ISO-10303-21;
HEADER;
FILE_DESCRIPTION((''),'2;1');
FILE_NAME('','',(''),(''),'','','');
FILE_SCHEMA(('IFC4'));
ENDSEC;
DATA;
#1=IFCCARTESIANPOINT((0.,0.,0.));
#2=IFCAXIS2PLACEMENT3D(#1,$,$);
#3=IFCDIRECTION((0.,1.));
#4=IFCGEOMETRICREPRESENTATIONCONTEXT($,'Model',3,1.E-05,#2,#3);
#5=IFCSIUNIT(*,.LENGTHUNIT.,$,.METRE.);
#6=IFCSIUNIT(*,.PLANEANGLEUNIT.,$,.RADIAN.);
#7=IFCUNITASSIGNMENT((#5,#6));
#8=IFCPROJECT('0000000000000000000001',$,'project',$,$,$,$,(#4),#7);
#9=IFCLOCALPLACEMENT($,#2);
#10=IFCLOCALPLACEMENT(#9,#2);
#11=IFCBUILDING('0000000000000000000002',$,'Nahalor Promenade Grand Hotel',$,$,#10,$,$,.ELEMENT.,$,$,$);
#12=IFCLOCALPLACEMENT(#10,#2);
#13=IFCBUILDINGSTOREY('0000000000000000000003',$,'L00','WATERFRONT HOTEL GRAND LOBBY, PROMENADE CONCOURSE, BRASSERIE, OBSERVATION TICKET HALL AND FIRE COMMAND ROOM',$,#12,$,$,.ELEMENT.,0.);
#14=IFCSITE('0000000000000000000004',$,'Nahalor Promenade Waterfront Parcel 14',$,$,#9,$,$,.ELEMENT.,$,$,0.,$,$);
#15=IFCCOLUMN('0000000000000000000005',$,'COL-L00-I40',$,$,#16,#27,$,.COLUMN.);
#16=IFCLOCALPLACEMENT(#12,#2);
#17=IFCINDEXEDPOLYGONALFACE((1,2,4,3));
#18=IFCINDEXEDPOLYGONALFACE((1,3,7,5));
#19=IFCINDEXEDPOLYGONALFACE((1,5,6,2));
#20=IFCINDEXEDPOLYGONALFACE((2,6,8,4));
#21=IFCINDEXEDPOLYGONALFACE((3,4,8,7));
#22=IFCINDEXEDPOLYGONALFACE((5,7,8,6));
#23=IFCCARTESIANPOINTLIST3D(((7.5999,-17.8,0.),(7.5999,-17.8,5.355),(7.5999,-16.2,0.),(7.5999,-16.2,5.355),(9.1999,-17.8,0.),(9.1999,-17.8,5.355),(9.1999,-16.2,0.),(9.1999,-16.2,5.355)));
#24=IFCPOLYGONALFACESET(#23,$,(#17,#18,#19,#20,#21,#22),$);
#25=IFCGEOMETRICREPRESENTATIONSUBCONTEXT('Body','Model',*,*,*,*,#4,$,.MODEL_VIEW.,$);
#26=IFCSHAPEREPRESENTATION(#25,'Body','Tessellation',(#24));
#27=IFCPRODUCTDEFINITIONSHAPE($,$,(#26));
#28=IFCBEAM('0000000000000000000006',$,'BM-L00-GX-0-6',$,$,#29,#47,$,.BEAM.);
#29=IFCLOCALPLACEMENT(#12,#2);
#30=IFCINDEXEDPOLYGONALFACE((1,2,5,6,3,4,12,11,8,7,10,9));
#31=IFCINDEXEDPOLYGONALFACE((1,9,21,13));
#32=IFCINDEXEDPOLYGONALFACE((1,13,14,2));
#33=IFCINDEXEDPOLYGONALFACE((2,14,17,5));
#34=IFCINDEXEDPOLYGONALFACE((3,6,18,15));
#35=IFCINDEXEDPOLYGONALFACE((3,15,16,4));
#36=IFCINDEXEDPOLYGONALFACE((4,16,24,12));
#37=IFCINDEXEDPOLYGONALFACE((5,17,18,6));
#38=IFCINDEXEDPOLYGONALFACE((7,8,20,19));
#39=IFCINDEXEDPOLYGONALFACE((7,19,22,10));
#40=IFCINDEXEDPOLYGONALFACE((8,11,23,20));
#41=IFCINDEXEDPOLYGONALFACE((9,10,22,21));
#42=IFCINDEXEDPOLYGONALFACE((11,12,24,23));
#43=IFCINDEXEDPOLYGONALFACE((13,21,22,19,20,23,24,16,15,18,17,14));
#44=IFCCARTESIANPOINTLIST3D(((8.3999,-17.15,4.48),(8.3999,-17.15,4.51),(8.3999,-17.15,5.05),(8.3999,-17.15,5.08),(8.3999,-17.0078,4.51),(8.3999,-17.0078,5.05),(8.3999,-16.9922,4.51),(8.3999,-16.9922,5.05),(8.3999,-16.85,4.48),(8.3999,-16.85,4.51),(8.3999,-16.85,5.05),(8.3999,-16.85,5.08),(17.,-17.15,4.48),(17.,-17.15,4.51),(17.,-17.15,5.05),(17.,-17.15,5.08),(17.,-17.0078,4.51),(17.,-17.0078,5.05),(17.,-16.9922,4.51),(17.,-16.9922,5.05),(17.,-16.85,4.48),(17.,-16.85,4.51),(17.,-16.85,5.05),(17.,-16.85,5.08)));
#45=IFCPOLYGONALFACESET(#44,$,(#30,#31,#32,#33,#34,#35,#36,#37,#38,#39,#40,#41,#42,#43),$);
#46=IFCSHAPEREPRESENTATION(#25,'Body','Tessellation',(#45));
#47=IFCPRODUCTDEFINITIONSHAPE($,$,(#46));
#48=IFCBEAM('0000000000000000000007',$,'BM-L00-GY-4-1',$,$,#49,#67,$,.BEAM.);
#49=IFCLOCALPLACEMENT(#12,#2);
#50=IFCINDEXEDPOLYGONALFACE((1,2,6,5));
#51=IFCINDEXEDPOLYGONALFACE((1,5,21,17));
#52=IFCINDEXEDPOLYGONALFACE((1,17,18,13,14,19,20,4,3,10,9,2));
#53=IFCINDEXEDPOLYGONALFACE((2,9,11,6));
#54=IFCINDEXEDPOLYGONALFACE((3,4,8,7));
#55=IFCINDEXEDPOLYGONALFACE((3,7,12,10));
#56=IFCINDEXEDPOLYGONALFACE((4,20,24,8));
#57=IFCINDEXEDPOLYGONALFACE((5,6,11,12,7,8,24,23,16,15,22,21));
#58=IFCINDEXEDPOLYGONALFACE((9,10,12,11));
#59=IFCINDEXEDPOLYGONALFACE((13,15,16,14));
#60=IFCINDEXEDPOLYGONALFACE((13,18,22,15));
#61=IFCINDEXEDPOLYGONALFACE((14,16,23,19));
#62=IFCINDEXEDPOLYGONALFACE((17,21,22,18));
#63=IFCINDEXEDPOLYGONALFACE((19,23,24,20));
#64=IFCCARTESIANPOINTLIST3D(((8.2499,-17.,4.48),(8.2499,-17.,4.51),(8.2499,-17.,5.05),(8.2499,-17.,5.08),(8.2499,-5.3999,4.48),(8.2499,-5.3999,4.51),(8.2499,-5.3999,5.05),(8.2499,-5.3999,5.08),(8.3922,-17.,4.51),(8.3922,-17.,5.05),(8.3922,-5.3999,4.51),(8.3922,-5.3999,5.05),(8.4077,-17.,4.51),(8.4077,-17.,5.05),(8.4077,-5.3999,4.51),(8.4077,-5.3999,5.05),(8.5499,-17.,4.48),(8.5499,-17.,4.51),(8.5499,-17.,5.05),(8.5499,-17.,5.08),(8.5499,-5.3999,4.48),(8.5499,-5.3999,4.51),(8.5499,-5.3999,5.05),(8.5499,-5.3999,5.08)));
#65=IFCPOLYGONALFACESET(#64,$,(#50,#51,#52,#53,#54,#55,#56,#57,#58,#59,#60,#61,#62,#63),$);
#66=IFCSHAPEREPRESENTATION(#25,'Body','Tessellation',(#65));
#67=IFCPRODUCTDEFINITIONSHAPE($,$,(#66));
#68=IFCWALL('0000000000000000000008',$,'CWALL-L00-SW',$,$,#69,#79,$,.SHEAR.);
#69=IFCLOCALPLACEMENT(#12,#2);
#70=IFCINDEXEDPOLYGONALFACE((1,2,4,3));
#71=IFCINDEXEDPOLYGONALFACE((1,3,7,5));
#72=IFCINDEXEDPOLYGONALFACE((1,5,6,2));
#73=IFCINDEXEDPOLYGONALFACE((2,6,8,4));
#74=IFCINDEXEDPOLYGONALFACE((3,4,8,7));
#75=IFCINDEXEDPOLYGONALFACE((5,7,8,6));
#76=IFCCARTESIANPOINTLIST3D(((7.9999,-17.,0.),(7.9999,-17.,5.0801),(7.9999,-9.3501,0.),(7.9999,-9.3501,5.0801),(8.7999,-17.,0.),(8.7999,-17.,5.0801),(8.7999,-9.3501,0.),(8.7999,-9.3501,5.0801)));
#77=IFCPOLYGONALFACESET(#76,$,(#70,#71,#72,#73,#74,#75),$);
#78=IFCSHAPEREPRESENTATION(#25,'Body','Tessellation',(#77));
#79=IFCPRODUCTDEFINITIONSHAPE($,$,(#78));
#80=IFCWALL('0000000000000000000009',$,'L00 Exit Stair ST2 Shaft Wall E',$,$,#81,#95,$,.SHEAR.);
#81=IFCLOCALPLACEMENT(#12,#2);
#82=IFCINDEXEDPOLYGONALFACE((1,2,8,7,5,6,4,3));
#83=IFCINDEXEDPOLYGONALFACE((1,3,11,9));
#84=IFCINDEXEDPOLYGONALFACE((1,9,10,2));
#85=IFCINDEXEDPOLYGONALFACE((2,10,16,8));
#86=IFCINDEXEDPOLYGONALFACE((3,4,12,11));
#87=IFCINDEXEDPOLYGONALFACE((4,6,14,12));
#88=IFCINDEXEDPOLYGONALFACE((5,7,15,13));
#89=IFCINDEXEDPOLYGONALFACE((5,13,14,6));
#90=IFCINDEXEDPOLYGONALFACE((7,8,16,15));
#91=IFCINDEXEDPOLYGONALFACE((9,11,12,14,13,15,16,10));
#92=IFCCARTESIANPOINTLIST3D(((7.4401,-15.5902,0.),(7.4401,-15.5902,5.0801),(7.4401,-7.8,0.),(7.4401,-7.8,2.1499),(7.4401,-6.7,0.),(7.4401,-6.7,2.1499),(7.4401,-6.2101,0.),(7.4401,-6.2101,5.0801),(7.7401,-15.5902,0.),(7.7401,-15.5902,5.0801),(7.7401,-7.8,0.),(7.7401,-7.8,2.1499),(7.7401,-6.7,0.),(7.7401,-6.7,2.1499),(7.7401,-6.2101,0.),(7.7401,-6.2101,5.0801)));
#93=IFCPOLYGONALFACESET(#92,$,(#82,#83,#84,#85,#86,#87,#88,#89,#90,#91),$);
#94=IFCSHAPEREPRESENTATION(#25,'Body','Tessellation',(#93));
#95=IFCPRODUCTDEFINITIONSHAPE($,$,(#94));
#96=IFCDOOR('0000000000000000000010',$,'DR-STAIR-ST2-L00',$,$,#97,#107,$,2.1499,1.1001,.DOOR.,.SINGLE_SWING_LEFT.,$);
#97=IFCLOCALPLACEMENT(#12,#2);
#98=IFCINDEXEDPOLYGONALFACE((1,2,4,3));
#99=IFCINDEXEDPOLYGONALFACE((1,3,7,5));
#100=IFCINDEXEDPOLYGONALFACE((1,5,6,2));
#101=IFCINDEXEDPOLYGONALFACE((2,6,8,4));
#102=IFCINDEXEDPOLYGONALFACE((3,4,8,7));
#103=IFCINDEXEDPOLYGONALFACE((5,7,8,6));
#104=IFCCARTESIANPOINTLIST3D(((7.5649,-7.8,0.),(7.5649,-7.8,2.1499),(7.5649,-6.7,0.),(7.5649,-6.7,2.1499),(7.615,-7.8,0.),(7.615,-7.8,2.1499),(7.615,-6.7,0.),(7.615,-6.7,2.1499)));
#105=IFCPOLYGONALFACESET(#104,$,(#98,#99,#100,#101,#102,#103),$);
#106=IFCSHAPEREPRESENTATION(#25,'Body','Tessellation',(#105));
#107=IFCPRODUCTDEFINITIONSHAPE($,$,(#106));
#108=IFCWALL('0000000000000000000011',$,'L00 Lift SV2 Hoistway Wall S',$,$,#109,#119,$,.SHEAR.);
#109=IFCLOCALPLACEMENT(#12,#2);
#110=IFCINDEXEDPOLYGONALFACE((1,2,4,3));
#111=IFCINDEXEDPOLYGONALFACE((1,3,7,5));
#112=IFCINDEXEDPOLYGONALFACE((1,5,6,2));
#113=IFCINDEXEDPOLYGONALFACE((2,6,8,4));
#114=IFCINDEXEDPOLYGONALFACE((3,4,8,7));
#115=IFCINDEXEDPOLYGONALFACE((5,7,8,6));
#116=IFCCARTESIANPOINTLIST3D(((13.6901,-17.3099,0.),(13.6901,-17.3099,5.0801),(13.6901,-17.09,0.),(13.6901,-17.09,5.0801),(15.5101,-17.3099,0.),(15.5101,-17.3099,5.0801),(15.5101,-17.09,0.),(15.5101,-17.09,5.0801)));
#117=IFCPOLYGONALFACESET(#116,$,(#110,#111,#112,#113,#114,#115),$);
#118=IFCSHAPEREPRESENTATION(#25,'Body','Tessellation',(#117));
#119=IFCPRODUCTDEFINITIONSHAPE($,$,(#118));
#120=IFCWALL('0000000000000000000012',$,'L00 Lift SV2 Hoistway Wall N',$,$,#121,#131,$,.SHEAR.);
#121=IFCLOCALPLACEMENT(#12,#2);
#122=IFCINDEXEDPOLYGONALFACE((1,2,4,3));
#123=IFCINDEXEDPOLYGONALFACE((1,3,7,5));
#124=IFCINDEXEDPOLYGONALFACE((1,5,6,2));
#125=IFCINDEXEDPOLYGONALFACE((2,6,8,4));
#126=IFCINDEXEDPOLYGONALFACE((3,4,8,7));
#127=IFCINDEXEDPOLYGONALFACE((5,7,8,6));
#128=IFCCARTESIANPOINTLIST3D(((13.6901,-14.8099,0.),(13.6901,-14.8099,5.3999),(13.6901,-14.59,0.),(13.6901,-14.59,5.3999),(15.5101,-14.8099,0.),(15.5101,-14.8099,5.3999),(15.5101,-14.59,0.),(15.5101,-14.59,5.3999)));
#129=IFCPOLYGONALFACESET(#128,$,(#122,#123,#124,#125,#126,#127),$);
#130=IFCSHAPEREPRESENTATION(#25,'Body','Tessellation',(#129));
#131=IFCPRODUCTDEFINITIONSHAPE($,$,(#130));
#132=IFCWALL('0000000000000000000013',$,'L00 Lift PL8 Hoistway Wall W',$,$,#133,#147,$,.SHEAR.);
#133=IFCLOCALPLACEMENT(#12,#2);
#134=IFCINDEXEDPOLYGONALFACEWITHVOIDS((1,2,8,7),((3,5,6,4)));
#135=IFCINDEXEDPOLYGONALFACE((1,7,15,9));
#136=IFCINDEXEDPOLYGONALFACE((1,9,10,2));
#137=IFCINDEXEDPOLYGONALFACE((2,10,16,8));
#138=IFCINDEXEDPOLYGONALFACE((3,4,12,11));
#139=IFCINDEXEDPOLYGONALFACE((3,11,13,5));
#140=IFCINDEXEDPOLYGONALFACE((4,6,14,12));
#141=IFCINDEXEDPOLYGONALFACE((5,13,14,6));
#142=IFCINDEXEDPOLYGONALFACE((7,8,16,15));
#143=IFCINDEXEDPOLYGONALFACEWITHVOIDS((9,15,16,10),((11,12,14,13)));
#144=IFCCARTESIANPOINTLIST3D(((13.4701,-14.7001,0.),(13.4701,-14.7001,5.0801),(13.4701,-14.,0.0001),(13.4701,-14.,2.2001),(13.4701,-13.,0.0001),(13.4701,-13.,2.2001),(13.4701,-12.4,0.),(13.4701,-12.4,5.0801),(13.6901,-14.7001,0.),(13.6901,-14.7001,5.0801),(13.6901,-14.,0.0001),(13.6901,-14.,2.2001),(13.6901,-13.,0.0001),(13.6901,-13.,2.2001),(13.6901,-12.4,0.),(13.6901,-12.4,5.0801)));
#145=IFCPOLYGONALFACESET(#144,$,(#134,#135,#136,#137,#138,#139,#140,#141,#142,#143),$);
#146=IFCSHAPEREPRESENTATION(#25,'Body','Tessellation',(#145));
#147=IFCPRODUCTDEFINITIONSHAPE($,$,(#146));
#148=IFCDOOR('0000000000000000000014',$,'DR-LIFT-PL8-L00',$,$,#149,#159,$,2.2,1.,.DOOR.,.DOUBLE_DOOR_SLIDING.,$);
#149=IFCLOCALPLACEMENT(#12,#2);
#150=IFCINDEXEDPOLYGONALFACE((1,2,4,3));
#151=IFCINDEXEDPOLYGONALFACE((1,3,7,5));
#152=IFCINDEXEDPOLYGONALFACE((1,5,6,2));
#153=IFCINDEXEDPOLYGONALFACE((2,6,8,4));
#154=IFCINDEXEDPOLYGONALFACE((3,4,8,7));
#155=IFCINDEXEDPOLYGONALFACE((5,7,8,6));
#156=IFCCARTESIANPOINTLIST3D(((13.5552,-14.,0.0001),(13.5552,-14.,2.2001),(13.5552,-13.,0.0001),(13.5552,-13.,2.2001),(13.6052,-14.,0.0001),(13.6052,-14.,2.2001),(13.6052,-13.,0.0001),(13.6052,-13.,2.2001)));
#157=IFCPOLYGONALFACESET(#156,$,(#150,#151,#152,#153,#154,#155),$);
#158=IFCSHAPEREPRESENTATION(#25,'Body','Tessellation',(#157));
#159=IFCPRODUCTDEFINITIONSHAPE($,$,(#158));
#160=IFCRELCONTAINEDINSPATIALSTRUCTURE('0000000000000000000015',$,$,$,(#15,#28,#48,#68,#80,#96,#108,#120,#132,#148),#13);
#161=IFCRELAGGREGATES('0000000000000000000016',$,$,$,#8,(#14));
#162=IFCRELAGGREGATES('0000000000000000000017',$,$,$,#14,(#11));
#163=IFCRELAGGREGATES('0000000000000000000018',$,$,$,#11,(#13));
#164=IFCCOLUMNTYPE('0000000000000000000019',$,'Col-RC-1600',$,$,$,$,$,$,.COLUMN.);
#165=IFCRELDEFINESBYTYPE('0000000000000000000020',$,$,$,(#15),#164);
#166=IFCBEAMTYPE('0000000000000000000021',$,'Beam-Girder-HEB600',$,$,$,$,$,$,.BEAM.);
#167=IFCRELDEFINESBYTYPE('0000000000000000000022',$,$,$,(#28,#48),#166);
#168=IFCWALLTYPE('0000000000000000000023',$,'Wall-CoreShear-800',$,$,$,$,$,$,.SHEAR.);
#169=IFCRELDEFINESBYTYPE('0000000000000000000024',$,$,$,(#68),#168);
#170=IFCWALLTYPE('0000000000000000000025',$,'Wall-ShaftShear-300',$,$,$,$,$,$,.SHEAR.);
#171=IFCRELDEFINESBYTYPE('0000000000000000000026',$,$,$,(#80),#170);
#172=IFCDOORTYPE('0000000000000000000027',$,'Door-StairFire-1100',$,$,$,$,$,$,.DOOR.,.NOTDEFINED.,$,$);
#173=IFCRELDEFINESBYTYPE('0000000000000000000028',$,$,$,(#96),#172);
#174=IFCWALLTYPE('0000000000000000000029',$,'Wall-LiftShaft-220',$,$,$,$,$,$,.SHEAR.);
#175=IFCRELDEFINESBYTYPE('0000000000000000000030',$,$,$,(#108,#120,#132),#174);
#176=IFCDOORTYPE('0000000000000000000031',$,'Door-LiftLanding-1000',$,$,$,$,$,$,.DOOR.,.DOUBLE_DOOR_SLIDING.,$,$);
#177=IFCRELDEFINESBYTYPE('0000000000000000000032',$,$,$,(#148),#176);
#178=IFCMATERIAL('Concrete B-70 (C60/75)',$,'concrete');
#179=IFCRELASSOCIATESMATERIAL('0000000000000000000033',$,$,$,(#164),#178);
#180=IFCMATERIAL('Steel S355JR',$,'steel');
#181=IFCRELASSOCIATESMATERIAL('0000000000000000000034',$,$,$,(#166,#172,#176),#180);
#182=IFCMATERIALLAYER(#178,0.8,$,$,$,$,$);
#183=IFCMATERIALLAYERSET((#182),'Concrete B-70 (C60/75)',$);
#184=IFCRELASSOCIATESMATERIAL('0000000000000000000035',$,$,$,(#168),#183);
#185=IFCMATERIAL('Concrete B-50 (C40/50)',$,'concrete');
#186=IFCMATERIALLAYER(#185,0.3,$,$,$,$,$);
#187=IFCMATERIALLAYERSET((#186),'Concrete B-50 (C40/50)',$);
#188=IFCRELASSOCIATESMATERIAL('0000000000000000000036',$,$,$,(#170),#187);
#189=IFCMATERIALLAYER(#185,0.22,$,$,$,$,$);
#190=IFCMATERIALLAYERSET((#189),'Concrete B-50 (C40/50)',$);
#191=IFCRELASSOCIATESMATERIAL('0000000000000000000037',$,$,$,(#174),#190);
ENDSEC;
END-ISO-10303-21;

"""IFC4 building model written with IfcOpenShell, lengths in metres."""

from ifc_helpers import new_model, si_unit, direction, frame, frame_2d, origin, origin_2d, place, context, subcontext, project, spatial, rectangle, i_section, extrude, source, transform, mapped, material, layer, layer_set, material_profile, profile_set, type_object, element, fill, save


model = new_model("IFC4")

# Units and contexts
model_context = context("Model", 3, precision=1e-05, world=origin(), true_north=direction((0.0, 1.0)))
body_context = subcontext(model_context, "Body", "Model", "MODEL_VIEW")
ifc_project = project(units=[si_unit("LENGTHUNIT", "METRE"), si_unit("PLANEANGLEUNIT", "RADIAN")], contexts=[model_context])

# Site, building, storey
site_placement = place(None, origin())
site = spatial("IfcSite", under=ifc_project, at=site_placement, Name="Nahalor Promenade Waterfront Parcel 14", CompositionType="ELEMENT", RefElevation=0.0)
building_placement = place(site_placement, origin())
building = spatial("IfcBuilding", under=site, at=building_placement, Name="Nahalor Promenade Grand Hotel", CompositionType="ELEMENT")
storey_placement = place(building_placement, origin())
storey = spatial("IfcBuildingStorey", under=building, at=storey_placement, Name="L00", Description="WATERFRONT HOTEL GRAND LOBBY, PROMENADE CONCOURSE, BRASSERIE, OBSERVATION TICKET HALL AND FIRE COMMAND ROOM", CompositionType="ELEMENT", Elevation=0.0)

# Column
ifc_material_1 = material(Name="Concrete B-70 (C60/75)", Category="concrete")
ifc_material_profile_1 = material_profile(ifc_material_1, rectangle(XDim=1.6, YDim=1.6, at=origin_2d()), Name="RC 1600x1600")
ifc_profile_set_1 = profile_set([ifc_material_profile_1], Name="Concrete B-70 (C60/75)")
column_type = type_object("IfcColumnType", Name="Col-RC-1600", PredefinedType="COLUMN", material=ifc_profile_set_1)
shared_shape_1 = source(origin(), body_context, "Body", "SweptSolid", [
    extrude(rectangle(XDim=1.6, YDim=1.6, at=origin_2d()), origin(), (0.0, 0.0, 1.0), 5.355),
])
column_placement = place(storey_placement, frame((8.3999, -17.0, 0.0), z_axis=(0.0, 0.0, 1.0), x_axis=(1.0, 0.0, 0.0)))
element("IfcColumn", 1, at=column_placement, inside=storey, type_object=column_type, Name="COL-L00-I40", PredefinedType="COLUMN", context=body_context, shape_type="MappedRepresentation", body=[
    mapped(shared_shape_1, transform((0.0, 0.0, 0.0), scale=1.0)),
])

# Beams
ifc_material_2 = material(Name="Steel S355JR", Category="steel")
ifc_material_profile_2 = material_profile(ifc_material_2, i_section(OverallWidth=0.3, OverallDepth=0.6, WebThickness=0.0155, FlangeThickness=0.03, at=origin_2d()), Name="HEB 600")
ifc_profile_set_2 = profile_set([ifc_material_profile_2], Name="Steel S355JR")
beam_type = type_object("IfcBeamType", Name="Beam-Girder-HEB600", PredefinedType="BEAM", material=ifc_profile_set_2)
shared_shape_2 = source(origin(), body_context, "Body", "SweptSolid", [
    extrude(i_section(OverallWidth=0.3, OverallDepth=0.6, WebThickness=0.0155, FlangeThickness=0.03, at=origin_2d()), origin(), (0.0, 0.0, 1.0), 8.6001),
])
beam_1_placement = place(storey_placement, frame((8.3999, -17.0, 4.78), z_axis=(1.0, 0.0, 0.0), x_axis=(0.0, 1.0, 0.0)))
element("IfcBeam", 2, at=beam_1_placement, inside=storey, type_object=beam_type, Name="BM-L00-GX-0-6", PredefinedType="BEAM", context=body_context, shape_type="MappedRepresentation", body=[
    mapped(shared_shape_2, transform((0.0, 0.0, 0.0), scale=1.0)),
])
shared_shape_3 = source(origin(), body_context, "Body", "SweptSolid", [
    extrude(i_section(OverallWidth=0.3, OverallDepth=0.6, WebThickness=0.0155, FlangeThickness=0.03, at=origin_2d()), origin(), (0.0, 0.0, 1.0), 11.6001),
])
beam_2_placement = place(storey_placement, frame((8.3999, -17.0, 4.78), z_axis=(0.0, 1.0, 0.0), x_axis=(-1.0, 0.0, 0.0)))
element("IfcBeam", 3, at=beam_2_placement, inside=storey, type_object=beam_type, Name="BM-L00-GY-4-1", PredefinedType="BEAM", context=body_context, shape_type="MappedRepresentation", body=[
    mapped(shared_shape_3, transform((0.0, 0.0, 0.0), scale=1.0)),
])

# Wall
ifc_layer_1 = layer(ifc_material_1, 0.8)
ifc_layer_set_1 = layer_set([ifc_layer_1], Name="Concrete B-70 (C60/75)")
wall_type_1 = type_object("IfcWallType", Name="Wall-CoreShear-800", PredefinedType="SHEAR", material=ifc_layer_set_1)
shared_shape_4 = source(origin(), body_context, "Body", "SweptSolid", [
    extrude(rectangle(XDim=7.6499, YDim=0.8, at=frame_2d((3.825, 0.0))), origin(), (0.0, 0.0, 1.0), 5.0801),
])
wall_1_placement = place(storey_placement, frame((8.3999, -17.0, 0.0), z_axis=(0.0, 0.0, 1.0), x_axis=(0.0, 1.0, 0.0)))
element("IfcWall", 4, at=wall_1_placement, inside=storey, type_object=wall_type_1, Name="CWALL-L00-SW", PredefinedType="SHEAR", context=body_context, shape_type="MappedRepresentation", body=[
    mapped(shared_shape_4, transform((0.0, 0.0, 0.0), scale=1.0)),
])

# Wall, opening, door
ifc_material_3 = material(Name="Concrete B-50 (C40/50)", Category="concrete")
ifc_layer_2 = layer(ifc_material_3, 0.3)
ifc_layer_set_2 = layer_set([ifc_layer_2], Name="Concrete B-50 (C40/50)")
wall_type_2 = type_object("IfcWallType", Name="Wall-ShaftShear-300", PredefinedType="SHEAR", material=ifc_layer_set_2)
shared_shape_5 = source(origin(), body_context, "Body", "SweptSolid", [
    extrude(rectangle(XDim=9.3801, YDim=0.3, at=frame_2d((4.6899, 0.0))), origin(), (0.0, 0.0, 1.0), 5.0801),
])
wall_2_placement = place(storey_placement, frame((7.5901, -15.5901, 0.0), z_axis=(0.0, 0.0, 1.0), x_axis=(0.0, 1.0, 0.0)))
wall_2 = element("IfcWall", 5, at=wall_2_placement, inside=storey, type_object=wall_type_2, Name="L00 Exit Stair ST2 Shaft Wall E", PredefinedType="SHEAR", context=body_context, shape_type="MappedRepresentation", body=[
    mapped(shared_shape_5, transform((0.0, 0.0, 0.0), scale=1.0)),
])
opening_1_placement = place(wall_2_placement, frame((7.79, 0.0, 0.0)))
opening_1 = element("IfcOpeningElement", 6, at=opening_1_placement, cuts=wall_2, PredefinedType="OPENING", context=body_context, shape_type="SweptSolid", body=[
    extrude(rectangle(XDim=1.1001, YDim=2.1499, at=frame_2d((0.55, 1.075))), frame((0.0, 0.1599, 0.0), z_axis=(0.0, -1.0, 0.0), x_axis=(1.0, 0.0, 0.0)), (0.0, 0.0, 1.0), 0.3201),
])
door_type_1 = type_object("IfcDoorType", Name="Door-StairFire-1100", OperationType="NOTDEFINED", PredefinedType="DOOR", material=ifc_material_2)
shared_shape_6 = source(origin(), body_context, "Body", "SweptSolid", [
    extrude(rectangle(XDim=1.1001, YDim=2.1499, at=frame_2d((0.55, 1.075))), frame((0.0, 0.0249, 0.0), z_axis=(0.0, -1.0, 0.0), x_axis=(1.0, 0.0, 0.0)), (0.0, 0.0, 1.0), 0.05),
])
door_1_placement = place(opening_1_placement, frame((1.1001, 0.0, 0.0), z_axis=(0.0, 0.0, 1.0), x_axis=(-1.0, 0.0, 0.0)))
door_1 = element("IfcDoor", 7, at=door_1_placement, inside=storey, type_object=door_type_1, Name="DR-STAIR-ST2-L00", OperationType="SINGLE_SWING_LEFT", OverallHeight=2.1499, OverallWidth=1.1001, PredefinedType="DOOR", context=body_context, shape_type="MappedRepresentation", body=[
    mapped(shared_shape_6, transform((0.0, 0.0, 0.0), scale=1.0)),
])
fill(opening_1, door_1)

# Walls
ifc_layer_3 = layer(ifc_material_3, 0.22)
ifc_layer_set_3 = layer_set([ifc_layer_3], Name="Concrete B-50 (C40/50)")
wall_type_3 = type_object("IfcWallType", Name="Wall-LiftShaft-220", PredefinedType="SHEAR", material=ifc_layer_set_3)
shared_shape_7 = source(origin(), body_context, "Body", "SweptSolid", [
    extrude(rectangle(XDim=1.8201, YDim=0.22, at=frame_2d((0.9102, 0.0))), origin(), (0.0, 0.0, 1.0), 5.0801),
])
wall_3_placement = place(storey_placement, frame((13.6899, -17.2, 0.0), z_axis=(0.0, 0.0, 1.0), x_axis=(1.0, 0.0, 0.0)))
element("IfcWall", 8, at=wall_3_placement, inside=storey, type_object=wall_type_3, Name="L00 Lift SV2 Hoistway Wall S", PredefinedType="SHEAR", context=body_context, shape_type="MappedRepresentation", body=[
    mapped(shared_shape_7, transform((0.0, 0.0, 0.0), scale=1.0)),
])
shared_shape_8 = source(origin(), body_context, "Body", "SweptSolid", [
    extrude(rectangle(XDim=1.8201, YDim=0.22, at=frame_2d((0.9102, 0.0))), origin(), (0.0, 0.0, 1.0), 5.3999),
])
wall_4_placement = place(storey_placement, frame((13.6899, -14.7, 0.0), z_axis=(0.0, 0.0, 1.0), x_axis=(1.0, 0.0, 0.0)))
element("IfcWall", 9, at=wall_4_placement, inside=storey, type_object=wall_type_3, Name="L00 Lift SV2 Hoistway Wall N", PredefinedType="SHEAR", context=body_context, shape_type="MappedRepresentation", body=[
    mapped(shared_shape_8, transform((0.0, 0.0, 0.0), scale=1.0)),
])

# Wall, opening, door
shared_shape_9 = source(origin(), body_context, "Body", "SweptSolid", [
    extrude(rectangle(XDim=2.3, YDim=0.22, at=frame_2d((1.1499, 0.0))), origin(), (0.0, 0.0, 1.0), 5.0801),
])
wall_5_placement = place(storey_placement, frame((13.5801, -14.7, 0.0), z_axis=(0.0, 0.0, 1.0), x_axis=(0.0, 1.0, 0.0)))
wall_5 = element("IfcWall", 10, at=wall_5_placement, inside=storey, type_object=wall_type_3, Name="L00 Lift PL8 Hoistway Wall W", PredefinedType="SHEAR", context=body_context, shape_type="MappedRepresentation", body=[
    mapped(shared_shape_9, transform((0.0, 0.0, 0.0), scale=1.0)),
])
opening_2_placement = place(wall_5_placement, frame((0.7, 0.0, 0.0)))
opening_2 = element("IfcOpeningElement", 11, at=opening_2_placement, cuts=wall_5, PredefinedType="OPENING", context=body_context, shape_type="SweptSolid", body=[
    extrude(rectangle(XDim=1.0, YDim=2.2, at=frame_2d((0.5, 1.1001))), frame((0.0, 0.1199, 0.0), z_axis=(0.0, -1.0, 0.0), x_axis=(1.0, 0.0, 0.0)), (0.0, 0.0, 1.0), 0.24),
])
door_type_2 = type_object("IfcDoorType", Name="Door-LiftLanding-1000", OperationType="DOUBLE_DOOR_SLIDING", PredefinedType="DOOR", material=ifc_material_2)
shared_shape_10 = source(origin(), body_context, "Body", "SweptSolid", [
    extrude(rectangle(XDim=1.0, YDim=2.2, at=frame_2d((0.5, 1.1001))), frame((0.0, 0.0249, 0.0), z_axis=(0.0, -1.0, 0.0), x_axis=(1.0, 0.0, 0.0)), (0.0, 0.0, 1.0), 0.05),
])
door_2_placement = place(opening_2_placement, origin())
door_2 = element("IfcDoor", 12, at=door_2_placement, inside=storey, type_object=door_type_2, Name="DR-LIFT-PL8-L00", OperationType="DOUBLE_DOOR_SLIDING", OverallHeight=2.2, OverallWidth=1.0, PredefinedType="DOOR", context=body_context, shape_type="MappedRepresentation", body=[
    mapped(shared_shape_10, transform((0.0, 0.0, 0.0), scale=1.0)),
])
fill(opening_2, door_2)

save(model, "model.ifc")
